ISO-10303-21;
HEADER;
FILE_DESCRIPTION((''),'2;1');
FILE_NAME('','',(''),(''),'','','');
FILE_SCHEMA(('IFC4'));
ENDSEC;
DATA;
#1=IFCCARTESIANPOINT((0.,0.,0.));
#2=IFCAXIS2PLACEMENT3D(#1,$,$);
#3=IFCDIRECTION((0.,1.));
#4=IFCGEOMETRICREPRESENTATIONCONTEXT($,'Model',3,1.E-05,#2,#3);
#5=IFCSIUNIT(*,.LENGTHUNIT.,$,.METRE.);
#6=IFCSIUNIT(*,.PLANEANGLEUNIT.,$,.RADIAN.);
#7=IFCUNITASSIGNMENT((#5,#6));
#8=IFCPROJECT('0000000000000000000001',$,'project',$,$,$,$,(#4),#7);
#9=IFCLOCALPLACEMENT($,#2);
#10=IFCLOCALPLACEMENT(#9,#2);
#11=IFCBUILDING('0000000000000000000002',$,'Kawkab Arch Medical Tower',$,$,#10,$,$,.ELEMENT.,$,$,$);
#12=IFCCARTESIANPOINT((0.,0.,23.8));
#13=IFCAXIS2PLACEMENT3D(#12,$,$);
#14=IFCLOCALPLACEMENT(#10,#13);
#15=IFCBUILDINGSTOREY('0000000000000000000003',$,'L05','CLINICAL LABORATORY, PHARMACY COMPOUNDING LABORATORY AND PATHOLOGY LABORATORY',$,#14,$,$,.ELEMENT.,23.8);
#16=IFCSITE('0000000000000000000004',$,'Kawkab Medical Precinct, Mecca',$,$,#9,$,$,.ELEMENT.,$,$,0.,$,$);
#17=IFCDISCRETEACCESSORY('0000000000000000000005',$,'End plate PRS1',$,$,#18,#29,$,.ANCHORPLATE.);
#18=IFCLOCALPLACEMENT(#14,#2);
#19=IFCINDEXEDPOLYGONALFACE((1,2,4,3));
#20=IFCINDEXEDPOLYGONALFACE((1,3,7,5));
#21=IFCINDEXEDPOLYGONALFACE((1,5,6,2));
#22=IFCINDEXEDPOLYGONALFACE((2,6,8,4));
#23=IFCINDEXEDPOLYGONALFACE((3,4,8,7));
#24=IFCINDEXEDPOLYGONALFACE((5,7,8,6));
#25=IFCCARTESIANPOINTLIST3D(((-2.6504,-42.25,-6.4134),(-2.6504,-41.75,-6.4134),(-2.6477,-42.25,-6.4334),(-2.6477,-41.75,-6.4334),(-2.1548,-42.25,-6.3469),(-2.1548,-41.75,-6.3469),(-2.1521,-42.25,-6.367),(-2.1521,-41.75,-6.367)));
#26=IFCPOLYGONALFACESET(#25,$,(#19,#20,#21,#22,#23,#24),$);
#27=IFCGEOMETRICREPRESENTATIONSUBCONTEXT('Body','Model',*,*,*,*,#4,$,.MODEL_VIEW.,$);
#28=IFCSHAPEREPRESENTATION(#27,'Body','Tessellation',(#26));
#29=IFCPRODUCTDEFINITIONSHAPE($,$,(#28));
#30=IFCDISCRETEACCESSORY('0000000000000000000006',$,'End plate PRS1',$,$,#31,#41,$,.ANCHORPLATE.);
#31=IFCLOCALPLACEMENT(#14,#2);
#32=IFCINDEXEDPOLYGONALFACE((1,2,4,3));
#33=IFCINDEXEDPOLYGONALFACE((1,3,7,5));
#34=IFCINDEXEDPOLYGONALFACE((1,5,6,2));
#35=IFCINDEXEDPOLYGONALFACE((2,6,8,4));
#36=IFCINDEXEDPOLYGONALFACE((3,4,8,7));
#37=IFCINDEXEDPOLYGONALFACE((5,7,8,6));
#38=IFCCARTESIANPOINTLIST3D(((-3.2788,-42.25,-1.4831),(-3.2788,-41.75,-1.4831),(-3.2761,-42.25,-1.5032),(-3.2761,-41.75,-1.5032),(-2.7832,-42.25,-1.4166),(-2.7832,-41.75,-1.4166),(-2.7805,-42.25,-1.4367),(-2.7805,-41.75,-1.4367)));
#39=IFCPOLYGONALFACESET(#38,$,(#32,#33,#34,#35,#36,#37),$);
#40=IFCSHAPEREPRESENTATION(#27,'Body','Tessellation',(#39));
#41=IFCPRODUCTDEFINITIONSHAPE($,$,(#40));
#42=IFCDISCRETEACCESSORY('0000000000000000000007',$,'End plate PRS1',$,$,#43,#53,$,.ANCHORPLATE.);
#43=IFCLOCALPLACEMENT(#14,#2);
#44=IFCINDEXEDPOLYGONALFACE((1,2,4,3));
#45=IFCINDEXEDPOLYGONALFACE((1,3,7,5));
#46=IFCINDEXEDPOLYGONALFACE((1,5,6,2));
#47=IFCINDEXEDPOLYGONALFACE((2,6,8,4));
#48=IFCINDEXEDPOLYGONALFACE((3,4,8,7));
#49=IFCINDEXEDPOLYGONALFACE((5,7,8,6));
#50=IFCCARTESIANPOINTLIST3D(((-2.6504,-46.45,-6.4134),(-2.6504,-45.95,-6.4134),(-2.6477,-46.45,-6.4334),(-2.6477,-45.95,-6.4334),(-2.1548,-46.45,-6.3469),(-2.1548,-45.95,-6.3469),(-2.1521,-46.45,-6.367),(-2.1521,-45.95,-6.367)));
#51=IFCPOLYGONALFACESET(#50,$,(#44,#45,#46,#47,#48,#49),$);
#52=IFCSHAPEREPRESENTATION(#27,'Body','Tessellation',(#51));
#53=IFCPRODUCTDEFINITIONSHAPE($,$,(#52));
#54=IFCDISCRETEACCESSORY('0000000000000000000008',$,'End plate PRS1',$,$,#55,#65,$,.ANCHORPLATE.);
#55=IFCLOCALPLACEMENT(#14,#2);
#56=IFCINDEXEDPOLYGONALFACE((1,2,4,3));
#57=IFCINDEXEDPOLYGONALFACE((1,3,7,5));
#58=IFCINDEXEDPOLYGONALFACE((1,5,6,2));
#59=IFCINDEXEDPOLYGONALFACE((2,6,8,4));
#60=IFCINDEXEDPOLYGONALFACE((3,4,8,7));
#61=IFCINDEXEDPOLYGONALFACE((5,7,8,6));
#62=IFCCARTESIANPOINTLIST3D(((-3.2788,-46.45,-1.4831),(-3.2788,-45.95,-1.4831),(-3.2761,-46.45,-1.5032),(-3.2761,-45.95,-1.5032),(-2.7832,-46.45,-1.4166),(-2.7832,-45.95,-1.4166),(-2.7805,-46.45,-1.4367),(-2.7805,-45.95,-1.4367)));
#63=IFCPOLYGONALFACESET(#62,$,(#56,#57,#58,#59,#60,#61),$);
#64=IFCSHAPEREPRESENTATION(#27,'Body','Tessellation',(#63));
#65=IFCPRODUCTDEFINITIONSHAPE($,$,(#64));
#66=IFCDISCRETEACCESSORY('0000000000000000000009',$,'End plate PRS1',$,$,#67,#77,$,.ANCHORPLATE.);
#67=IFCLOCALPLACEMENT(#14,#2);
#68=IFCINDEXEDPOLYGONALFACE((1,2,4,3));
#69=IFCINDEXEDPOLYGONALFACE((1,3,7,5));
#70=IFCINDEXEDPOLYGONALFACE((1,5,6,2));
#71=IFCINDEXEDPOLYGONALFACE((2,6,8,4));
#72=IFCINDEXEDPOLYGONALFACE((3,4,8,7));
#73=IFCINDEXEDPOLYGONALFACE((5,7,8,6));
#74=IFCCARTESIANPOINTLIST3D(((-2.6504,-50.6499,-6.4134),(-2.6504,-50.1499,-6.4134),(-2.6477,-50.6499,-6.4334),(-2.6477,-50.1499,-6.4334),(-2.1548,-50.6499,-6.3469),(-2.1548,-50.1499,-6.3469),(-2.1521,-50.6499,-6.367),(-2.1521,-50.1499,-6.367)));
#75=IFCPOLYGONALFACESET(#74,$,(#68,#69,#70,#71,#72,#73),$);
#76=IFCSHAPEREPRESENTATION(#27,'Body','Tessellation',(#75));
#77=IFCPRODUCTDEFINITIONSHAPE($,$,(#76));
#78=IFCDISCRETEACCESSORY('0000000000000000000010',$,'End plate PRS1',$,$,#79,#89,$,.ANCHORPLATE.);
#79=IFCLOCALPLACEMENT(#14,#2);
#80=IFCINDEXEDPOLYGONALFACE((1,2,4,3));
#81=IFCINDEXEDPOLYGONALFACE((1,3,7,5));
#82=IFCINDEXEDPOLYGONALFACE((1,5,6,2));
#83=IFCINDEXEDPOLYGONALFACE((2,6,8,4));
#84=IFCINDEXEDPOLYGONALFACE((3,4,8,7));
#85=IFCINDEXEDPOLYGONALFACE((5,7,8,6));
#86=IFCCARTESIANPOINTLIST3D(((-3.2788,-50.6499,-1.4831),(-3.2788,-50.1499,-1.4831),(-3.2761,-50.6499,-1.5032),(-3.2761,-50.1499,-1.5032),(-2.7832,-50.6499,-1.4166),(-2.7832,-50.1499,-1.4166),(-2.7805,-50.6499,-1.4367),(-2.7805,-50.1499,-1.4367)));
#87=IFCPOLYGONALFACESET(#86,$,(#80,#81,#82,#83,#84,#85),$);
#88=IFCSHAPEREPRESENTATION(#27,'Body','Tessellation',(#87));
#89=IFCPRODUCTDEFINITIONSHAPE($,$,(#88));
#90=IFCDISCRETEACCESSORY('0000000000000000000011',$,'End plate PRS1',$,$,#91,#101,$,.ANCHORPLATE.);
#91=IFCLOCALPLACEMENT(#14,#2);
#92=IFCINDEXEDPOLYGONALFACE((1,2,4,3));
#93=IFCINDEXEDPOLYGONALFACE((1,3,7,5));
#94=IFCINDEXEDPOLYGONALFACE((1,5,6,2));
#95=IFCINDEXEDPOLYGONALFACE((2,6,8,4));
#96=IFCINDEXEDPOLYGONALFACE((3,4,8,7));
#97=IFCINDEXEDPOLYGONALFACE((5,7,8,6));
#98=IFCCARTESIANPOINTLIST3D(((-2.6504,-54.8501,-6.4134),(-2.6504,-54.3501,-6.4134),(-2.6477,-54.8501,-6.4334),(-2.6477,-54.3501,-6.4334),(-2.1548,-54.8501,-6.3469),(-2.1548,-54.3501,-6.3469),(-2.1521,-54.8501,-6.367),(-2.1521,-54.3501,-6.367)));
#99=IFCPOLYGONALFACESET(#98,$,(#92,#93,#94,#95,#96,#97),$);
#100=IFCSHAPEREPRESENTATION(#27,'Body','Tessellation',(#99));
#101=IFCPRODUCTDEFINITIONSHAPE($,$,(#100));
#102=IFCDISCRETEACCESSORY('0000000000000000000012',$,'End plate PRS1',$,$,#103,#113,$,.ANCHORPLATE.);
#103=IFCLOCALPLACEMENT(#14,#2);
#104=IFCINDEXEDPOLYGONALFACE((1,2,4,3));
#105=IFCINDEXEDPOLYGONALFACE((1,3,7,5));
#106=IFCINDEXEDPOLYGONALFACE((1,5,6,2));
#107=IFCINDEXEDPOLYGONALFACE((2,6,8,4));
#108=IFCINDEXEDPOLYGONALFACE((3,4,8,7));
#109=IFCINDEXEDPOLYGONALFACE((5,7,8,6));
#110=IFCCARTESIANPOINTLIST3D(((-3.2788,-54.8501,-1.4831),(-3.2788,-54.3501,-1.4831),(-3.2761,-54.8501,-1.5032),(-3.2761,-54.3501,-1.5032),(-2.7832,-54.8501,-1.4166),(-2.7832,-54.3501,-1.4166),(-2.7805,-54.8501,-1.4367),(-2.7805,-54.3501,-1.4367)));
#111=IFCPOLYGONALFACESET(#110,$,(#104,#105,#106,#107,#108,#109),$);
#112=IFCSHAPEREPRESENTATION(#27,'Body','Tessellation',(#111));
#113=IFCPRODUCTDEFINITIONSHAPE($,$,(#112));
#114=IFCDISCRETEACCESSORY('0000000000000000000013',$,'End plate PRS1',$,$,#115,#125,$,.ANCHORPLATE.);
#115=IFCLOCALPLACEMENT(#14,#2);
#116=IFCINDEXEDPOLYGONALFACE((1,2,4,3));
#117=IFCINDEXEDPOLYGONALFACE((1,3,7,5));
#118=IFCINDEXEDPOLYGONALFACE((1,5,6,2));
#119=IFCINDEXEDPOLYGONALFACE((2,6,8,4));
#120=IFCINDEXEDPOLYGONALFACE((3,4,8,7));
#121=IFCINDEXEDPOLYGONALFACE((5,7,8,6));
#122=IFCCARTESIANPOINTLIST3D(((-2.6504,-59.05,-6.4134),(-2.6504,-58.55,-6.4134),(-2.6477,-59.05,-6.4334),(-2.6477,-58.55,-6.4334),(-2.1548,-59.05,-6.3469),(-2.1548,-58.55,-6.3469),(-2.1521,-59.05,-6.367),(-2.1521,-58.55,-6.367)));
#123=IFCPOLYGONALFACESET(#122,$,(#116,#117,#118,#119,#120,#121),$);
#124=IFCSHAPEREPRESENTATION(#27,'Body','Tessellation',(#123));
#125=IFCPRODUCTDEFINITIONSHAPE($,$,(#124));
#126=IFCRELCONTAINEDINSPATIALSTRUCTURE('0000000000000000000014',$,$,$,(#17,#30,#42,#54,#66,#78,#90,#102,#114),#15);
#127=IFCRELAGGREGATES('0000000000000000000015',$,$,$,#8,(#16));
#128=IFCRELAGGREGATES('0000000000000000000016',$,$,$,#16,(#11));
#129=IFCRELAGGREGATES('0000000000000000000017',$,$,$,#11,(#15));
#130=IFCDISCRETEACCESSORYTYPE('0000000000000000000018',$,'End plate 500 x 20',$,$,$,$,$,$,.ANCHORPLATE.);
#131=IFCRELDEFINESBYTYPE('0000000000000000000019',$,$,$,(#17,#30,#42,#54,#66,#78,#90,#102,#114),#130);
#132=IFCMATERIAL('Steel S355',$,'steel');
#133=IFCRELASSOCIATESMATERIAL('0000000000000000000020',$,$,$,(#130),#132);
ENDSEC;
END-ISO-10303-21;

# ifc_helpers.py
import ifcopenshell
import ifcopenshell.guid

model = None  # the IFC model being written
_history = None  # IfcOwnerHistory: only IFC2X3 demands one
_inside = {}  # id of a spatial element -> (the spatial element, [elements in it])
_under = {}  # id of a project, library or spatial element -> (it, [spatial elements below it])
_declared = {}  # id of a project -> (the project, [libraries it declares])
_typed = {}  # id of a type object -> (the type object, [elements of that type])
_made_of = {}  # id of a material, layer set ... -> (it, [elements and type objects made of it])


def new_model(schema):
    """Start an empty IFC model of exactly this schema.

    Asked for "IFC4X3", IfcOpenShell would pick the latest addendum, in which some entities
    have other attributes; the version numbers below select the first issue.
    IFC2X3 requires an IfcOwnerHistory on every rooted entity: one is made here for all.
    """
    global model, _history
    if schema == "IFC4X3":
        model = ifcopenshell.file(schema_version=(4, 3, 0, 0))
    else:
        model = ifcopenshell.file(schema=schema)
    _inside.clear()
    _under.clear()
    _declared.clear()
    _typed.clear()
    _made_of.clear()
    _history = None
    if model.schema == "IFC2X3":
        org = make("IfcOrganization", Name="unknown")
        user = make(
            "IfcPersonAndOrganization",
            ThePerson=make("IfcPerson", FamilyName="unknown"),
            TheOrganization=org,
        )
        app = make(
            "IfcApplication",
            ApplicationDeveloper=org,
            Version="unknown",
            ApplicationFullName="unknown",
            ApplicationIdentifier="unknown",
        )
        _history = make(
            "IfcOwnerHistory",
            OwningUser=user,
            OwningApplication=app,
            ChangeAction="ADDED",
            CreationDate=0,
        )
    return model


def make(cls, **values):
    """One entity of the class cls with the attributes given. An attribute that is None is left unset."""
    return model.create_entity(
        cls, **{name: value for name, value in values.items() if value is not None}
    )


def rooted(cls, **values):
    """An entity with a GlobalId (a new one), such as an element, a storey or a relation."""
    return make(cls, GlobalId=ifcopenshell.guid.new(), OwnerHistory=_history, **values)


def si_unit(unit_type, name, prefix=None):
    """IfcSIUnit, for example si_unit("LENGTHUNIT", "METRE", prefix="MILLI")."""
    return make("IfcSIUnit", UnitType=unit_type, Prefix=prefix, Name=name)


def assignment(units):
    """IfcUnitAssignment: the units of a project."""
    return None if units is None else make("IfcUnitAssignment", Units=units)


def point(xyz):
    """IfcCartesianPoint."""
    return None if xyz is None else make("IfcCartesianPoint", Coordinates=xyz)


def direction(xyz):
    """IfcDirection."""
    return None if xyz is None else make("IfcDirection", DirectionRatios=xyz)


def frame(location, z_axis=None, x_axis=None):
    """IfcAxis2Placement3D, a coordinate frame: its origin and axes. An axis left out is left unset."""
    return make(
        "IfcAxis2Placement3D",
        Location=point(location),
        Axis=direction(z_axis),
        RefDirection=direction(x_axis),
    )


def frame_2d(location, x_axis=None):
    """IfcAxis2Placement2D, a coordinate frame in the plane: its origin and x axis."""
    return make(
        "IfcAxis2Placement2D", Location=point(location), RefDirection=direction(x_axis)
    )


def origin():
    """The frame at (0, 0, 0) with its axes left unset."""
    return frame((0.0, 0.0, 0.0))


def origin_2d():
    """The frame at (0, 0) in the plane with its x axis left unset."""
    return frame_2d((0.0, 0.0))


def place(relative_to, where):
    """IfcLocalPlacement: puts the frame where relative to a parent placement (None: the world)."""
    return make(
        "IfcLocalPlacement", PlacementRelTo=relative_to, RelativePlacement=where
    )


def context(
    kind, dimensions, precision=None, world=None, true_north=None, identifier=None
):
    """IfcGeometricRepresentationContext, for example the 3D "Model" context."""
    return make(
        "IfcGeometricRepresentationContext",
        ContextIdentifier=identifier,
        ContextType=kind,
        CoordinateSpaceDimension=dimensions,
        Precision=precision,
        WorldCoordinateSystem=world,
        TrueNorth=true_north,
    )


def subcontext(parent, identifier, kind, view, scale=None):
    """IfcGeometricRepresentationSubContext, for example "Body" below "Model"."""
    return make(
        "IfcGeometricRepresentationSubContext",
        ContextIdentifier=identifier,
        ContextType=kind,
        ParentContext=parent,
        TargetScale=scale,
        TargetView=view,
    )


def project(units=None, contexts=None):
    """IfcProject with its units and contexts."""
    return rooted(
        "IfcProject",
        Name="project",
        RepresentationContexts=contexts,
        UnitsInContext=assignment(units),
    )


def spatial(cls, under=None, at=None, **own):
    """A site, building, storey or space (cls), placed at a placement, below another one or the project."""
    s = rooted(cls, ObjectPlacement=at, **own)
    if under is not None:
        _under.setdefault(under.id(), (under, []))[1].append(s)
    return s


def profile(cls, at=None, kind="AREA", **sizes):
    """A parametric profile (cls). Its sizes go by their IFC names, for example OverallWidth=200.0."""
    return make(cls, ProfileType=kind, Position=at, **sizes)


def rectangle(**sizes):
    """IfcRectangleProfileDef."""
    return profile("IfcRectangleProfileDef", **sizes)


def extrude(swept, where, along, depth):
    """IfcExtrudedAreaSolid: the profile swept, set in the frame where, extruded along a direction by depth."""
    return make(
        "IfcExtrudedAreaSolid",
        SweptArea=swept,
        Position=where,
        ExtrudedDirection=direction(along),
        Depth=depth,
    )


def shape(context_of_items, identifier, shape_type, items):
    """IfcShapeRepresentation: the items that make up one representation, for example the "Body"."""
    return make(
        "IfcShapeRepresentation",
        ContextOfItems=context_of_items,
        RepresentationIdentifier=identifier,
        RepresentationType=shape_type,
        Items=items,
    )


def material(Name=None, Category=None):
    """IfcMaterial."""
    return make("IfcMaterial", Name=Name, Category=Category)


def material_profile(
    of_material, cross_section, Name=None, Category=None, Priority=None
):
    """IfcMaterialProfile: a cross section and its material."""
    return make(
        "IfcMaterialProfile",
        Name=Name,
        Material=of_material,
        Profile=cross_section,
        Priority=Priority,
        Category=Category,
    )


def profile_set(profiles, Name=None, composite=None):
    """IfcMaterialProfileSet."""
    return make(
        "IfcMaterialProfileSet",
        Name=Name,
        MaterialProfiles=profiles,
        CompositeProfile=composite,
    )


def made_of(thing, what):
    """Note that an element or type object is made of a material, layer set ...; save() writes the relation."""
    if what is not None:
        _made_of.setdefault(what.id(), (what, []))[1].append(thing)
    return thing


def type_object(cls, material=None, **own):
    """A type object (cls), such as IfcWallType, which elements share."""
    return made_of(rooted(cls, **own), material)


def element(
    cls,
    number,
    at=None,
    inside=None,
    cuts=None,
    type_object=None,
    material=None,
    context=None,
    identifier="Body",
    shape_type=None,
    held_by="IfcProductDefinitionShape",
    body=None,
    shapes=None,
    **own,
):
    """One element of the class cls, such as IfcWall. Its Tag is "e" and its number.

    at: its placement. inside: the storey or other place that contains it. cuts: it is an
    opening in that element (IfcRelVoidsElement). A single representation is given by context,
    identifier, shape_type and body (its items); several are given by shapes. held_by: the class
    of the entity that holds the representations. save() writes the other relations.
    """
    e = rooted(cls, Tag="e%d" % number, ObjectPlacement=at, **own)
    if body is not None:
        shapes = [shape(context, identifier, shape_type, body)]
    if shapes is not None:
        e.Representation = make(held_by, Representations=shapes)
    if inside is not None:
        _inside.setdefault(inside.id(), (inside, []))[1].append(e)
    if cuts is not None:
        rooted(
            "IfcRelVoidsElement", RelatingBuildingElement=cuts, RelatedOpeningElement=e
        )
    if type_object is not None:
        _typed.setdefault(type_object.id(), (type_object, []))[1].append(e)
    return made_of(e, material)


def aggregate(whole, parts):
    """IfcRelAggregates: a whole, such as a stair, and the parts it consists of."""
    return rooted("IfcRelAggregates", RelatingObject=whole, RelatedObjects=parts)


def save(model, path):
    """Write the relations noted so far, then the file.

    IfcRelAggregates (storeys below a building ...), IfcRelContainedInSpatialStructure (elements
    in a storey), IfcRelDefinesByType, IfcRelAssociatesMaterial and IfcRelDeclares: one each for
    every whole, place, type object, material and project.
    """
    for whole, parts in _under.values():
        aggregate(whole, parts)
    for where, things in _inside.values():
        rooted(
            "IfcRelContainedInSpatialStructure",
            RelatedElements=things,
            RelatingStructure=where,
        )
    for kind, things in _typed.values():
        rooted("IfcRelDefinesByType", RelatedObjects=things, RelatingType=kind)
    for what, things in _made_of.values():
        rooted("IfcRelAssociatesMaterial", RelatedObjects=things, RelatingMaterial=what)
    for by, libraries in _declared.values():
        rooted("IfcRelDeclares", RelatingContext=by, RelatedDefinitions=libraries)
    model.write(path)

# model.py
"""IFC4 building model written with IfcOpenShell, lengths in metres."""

from ifc_helpers import new_model, si_unit, direction, frame, origin, origin_2d, place, context, subcontext, project, spatial, rectangle, extrude, material, material_profile, profile_set, type_object, element, save


model = new_model("IFC4")

# Units and contexts
model_context = context("Model", 3, precision=1e-05, world=origin(), true_north=direction((0.0, 1.0)))
body_context = subcontext(model_context, "Body", "Model", "MODEL_VIEW")
ifc_project = project(units=[si_unit("LENGTHUNIT", "METRE"), si_unit("PLANEANGLEUNIT", "RADIAN")], contexts=[model_context])

# Site, building, storey
site_placement = place(None, origin())
site = spatial("IfcSite", under=ifc_project, at=site_placement, Name="Kawkab Medical Precinct, Mecca", CompositionType="ELEMENT", RefElevation=0.0)
building_placement = place(site_placement, origin())
building = spatial("IfcBuilding", under=site, at=building_placement, Name="Kawkab Arch Medical Tower", CompositionType="ELEMENT")
storey_placement = place(building_placement, frame((0.0, 0.0, 23.8)))
storey = spatial("IfcBuildingStorey", under=building, at=storey_placement, Name="L05", Description="CLINICAL LABORATORY, PHARMACY COMPOUNDING LABORATORY AND PATHOLOGY LABORATORY", CompositionType="ELEMENT", Elevation=23.8)

# Discrete accessories
ifc_material_1 = material(Name="Steel S355", Category="steel")
ifc_material_profile_1 = material_profile(ifc_material_1, rectangle(XDim=0.5, YDim=0.5, at=origin_2d()), Name="End plate 500 x 20")
ifc_profile_set_1 = profile_set([ifc_material_profile_1], Name="Steel S355")
discrete_accessory_type = type_object("IfcDiscreteAccessoryType", Name="End plate 500 x 20", PredefinedType="ANCHORPLATE", material=ifc_profile_set_1)
for number, where, z_axis, x_axis, name in (
    (1, (-2.4026, -42.0, -6.3801), (0.132955, 0.0, -0.991122), (0.0, 1.0, 0.0), "End plate PRS1"),
    (2, (-3.0283, -42.0, -1.47), (-0.132955, 0.0, 0.991122), (0.0, -1.0, 0.0), "End plate PRS1"),
    (3, (-2.4026, -46.2, -6.3801), (0.132955, 0.0, -0.991122), (0.0, 1.0, 0.0), "End plate PRS1"),
    (4, (-3.0283, -46.2, -1.47), (-0.132955, 0.0, 0.991122), (0.0, -1.0, 0.0), "End plate PRS1"),
    (5, (-2.4026, -50.3999, -6.3801), (0.132955, 0.0, -0.991122), (0.0, 1.0, 0.0), "End plate PRS1"),
    (6, (-3.0283, -50.3999, -1.47), (-0.132955, 0.0, 0.991122), (0.0, -1.0, 0.0), "End plate PRS1"),
    (7, (-2.4026, -54.6001, -6.3801), (0.132955, 0.0, -0.991122), (0.0, 1.0, 0.0), "End plate PRS1"),
    (8, (-3.0283, -54.6001, -1.47), (-0.132955, 0.0, 0.991122), (0.0, -1.0, 0.0), "End plate PRS1"),
    (9, (-2.4026, -58.8, -6.3801), (0.132955, 0.0, -0.991122), (0.0, 1.0, 0.0), "End plate PRS1"),
):
    element("IfcDiscreteAccessory", number, at=place(storey_placement, frame(where, z_axis=z_axis, x_axis=x_axis)), inside=storey, type_object=discrete_accessory_type, Name=name, PredefinedType="ANCHORPLATE", context=body_context, shape_type="SweptSolid", body=[
        extrude(rectangle(XDim=0.5, YDim=0.5, at=origin_2d()), origin(), (0.0, 0.0, 1.0), 0.0203),
    ])

save(model, "model.ifc")
